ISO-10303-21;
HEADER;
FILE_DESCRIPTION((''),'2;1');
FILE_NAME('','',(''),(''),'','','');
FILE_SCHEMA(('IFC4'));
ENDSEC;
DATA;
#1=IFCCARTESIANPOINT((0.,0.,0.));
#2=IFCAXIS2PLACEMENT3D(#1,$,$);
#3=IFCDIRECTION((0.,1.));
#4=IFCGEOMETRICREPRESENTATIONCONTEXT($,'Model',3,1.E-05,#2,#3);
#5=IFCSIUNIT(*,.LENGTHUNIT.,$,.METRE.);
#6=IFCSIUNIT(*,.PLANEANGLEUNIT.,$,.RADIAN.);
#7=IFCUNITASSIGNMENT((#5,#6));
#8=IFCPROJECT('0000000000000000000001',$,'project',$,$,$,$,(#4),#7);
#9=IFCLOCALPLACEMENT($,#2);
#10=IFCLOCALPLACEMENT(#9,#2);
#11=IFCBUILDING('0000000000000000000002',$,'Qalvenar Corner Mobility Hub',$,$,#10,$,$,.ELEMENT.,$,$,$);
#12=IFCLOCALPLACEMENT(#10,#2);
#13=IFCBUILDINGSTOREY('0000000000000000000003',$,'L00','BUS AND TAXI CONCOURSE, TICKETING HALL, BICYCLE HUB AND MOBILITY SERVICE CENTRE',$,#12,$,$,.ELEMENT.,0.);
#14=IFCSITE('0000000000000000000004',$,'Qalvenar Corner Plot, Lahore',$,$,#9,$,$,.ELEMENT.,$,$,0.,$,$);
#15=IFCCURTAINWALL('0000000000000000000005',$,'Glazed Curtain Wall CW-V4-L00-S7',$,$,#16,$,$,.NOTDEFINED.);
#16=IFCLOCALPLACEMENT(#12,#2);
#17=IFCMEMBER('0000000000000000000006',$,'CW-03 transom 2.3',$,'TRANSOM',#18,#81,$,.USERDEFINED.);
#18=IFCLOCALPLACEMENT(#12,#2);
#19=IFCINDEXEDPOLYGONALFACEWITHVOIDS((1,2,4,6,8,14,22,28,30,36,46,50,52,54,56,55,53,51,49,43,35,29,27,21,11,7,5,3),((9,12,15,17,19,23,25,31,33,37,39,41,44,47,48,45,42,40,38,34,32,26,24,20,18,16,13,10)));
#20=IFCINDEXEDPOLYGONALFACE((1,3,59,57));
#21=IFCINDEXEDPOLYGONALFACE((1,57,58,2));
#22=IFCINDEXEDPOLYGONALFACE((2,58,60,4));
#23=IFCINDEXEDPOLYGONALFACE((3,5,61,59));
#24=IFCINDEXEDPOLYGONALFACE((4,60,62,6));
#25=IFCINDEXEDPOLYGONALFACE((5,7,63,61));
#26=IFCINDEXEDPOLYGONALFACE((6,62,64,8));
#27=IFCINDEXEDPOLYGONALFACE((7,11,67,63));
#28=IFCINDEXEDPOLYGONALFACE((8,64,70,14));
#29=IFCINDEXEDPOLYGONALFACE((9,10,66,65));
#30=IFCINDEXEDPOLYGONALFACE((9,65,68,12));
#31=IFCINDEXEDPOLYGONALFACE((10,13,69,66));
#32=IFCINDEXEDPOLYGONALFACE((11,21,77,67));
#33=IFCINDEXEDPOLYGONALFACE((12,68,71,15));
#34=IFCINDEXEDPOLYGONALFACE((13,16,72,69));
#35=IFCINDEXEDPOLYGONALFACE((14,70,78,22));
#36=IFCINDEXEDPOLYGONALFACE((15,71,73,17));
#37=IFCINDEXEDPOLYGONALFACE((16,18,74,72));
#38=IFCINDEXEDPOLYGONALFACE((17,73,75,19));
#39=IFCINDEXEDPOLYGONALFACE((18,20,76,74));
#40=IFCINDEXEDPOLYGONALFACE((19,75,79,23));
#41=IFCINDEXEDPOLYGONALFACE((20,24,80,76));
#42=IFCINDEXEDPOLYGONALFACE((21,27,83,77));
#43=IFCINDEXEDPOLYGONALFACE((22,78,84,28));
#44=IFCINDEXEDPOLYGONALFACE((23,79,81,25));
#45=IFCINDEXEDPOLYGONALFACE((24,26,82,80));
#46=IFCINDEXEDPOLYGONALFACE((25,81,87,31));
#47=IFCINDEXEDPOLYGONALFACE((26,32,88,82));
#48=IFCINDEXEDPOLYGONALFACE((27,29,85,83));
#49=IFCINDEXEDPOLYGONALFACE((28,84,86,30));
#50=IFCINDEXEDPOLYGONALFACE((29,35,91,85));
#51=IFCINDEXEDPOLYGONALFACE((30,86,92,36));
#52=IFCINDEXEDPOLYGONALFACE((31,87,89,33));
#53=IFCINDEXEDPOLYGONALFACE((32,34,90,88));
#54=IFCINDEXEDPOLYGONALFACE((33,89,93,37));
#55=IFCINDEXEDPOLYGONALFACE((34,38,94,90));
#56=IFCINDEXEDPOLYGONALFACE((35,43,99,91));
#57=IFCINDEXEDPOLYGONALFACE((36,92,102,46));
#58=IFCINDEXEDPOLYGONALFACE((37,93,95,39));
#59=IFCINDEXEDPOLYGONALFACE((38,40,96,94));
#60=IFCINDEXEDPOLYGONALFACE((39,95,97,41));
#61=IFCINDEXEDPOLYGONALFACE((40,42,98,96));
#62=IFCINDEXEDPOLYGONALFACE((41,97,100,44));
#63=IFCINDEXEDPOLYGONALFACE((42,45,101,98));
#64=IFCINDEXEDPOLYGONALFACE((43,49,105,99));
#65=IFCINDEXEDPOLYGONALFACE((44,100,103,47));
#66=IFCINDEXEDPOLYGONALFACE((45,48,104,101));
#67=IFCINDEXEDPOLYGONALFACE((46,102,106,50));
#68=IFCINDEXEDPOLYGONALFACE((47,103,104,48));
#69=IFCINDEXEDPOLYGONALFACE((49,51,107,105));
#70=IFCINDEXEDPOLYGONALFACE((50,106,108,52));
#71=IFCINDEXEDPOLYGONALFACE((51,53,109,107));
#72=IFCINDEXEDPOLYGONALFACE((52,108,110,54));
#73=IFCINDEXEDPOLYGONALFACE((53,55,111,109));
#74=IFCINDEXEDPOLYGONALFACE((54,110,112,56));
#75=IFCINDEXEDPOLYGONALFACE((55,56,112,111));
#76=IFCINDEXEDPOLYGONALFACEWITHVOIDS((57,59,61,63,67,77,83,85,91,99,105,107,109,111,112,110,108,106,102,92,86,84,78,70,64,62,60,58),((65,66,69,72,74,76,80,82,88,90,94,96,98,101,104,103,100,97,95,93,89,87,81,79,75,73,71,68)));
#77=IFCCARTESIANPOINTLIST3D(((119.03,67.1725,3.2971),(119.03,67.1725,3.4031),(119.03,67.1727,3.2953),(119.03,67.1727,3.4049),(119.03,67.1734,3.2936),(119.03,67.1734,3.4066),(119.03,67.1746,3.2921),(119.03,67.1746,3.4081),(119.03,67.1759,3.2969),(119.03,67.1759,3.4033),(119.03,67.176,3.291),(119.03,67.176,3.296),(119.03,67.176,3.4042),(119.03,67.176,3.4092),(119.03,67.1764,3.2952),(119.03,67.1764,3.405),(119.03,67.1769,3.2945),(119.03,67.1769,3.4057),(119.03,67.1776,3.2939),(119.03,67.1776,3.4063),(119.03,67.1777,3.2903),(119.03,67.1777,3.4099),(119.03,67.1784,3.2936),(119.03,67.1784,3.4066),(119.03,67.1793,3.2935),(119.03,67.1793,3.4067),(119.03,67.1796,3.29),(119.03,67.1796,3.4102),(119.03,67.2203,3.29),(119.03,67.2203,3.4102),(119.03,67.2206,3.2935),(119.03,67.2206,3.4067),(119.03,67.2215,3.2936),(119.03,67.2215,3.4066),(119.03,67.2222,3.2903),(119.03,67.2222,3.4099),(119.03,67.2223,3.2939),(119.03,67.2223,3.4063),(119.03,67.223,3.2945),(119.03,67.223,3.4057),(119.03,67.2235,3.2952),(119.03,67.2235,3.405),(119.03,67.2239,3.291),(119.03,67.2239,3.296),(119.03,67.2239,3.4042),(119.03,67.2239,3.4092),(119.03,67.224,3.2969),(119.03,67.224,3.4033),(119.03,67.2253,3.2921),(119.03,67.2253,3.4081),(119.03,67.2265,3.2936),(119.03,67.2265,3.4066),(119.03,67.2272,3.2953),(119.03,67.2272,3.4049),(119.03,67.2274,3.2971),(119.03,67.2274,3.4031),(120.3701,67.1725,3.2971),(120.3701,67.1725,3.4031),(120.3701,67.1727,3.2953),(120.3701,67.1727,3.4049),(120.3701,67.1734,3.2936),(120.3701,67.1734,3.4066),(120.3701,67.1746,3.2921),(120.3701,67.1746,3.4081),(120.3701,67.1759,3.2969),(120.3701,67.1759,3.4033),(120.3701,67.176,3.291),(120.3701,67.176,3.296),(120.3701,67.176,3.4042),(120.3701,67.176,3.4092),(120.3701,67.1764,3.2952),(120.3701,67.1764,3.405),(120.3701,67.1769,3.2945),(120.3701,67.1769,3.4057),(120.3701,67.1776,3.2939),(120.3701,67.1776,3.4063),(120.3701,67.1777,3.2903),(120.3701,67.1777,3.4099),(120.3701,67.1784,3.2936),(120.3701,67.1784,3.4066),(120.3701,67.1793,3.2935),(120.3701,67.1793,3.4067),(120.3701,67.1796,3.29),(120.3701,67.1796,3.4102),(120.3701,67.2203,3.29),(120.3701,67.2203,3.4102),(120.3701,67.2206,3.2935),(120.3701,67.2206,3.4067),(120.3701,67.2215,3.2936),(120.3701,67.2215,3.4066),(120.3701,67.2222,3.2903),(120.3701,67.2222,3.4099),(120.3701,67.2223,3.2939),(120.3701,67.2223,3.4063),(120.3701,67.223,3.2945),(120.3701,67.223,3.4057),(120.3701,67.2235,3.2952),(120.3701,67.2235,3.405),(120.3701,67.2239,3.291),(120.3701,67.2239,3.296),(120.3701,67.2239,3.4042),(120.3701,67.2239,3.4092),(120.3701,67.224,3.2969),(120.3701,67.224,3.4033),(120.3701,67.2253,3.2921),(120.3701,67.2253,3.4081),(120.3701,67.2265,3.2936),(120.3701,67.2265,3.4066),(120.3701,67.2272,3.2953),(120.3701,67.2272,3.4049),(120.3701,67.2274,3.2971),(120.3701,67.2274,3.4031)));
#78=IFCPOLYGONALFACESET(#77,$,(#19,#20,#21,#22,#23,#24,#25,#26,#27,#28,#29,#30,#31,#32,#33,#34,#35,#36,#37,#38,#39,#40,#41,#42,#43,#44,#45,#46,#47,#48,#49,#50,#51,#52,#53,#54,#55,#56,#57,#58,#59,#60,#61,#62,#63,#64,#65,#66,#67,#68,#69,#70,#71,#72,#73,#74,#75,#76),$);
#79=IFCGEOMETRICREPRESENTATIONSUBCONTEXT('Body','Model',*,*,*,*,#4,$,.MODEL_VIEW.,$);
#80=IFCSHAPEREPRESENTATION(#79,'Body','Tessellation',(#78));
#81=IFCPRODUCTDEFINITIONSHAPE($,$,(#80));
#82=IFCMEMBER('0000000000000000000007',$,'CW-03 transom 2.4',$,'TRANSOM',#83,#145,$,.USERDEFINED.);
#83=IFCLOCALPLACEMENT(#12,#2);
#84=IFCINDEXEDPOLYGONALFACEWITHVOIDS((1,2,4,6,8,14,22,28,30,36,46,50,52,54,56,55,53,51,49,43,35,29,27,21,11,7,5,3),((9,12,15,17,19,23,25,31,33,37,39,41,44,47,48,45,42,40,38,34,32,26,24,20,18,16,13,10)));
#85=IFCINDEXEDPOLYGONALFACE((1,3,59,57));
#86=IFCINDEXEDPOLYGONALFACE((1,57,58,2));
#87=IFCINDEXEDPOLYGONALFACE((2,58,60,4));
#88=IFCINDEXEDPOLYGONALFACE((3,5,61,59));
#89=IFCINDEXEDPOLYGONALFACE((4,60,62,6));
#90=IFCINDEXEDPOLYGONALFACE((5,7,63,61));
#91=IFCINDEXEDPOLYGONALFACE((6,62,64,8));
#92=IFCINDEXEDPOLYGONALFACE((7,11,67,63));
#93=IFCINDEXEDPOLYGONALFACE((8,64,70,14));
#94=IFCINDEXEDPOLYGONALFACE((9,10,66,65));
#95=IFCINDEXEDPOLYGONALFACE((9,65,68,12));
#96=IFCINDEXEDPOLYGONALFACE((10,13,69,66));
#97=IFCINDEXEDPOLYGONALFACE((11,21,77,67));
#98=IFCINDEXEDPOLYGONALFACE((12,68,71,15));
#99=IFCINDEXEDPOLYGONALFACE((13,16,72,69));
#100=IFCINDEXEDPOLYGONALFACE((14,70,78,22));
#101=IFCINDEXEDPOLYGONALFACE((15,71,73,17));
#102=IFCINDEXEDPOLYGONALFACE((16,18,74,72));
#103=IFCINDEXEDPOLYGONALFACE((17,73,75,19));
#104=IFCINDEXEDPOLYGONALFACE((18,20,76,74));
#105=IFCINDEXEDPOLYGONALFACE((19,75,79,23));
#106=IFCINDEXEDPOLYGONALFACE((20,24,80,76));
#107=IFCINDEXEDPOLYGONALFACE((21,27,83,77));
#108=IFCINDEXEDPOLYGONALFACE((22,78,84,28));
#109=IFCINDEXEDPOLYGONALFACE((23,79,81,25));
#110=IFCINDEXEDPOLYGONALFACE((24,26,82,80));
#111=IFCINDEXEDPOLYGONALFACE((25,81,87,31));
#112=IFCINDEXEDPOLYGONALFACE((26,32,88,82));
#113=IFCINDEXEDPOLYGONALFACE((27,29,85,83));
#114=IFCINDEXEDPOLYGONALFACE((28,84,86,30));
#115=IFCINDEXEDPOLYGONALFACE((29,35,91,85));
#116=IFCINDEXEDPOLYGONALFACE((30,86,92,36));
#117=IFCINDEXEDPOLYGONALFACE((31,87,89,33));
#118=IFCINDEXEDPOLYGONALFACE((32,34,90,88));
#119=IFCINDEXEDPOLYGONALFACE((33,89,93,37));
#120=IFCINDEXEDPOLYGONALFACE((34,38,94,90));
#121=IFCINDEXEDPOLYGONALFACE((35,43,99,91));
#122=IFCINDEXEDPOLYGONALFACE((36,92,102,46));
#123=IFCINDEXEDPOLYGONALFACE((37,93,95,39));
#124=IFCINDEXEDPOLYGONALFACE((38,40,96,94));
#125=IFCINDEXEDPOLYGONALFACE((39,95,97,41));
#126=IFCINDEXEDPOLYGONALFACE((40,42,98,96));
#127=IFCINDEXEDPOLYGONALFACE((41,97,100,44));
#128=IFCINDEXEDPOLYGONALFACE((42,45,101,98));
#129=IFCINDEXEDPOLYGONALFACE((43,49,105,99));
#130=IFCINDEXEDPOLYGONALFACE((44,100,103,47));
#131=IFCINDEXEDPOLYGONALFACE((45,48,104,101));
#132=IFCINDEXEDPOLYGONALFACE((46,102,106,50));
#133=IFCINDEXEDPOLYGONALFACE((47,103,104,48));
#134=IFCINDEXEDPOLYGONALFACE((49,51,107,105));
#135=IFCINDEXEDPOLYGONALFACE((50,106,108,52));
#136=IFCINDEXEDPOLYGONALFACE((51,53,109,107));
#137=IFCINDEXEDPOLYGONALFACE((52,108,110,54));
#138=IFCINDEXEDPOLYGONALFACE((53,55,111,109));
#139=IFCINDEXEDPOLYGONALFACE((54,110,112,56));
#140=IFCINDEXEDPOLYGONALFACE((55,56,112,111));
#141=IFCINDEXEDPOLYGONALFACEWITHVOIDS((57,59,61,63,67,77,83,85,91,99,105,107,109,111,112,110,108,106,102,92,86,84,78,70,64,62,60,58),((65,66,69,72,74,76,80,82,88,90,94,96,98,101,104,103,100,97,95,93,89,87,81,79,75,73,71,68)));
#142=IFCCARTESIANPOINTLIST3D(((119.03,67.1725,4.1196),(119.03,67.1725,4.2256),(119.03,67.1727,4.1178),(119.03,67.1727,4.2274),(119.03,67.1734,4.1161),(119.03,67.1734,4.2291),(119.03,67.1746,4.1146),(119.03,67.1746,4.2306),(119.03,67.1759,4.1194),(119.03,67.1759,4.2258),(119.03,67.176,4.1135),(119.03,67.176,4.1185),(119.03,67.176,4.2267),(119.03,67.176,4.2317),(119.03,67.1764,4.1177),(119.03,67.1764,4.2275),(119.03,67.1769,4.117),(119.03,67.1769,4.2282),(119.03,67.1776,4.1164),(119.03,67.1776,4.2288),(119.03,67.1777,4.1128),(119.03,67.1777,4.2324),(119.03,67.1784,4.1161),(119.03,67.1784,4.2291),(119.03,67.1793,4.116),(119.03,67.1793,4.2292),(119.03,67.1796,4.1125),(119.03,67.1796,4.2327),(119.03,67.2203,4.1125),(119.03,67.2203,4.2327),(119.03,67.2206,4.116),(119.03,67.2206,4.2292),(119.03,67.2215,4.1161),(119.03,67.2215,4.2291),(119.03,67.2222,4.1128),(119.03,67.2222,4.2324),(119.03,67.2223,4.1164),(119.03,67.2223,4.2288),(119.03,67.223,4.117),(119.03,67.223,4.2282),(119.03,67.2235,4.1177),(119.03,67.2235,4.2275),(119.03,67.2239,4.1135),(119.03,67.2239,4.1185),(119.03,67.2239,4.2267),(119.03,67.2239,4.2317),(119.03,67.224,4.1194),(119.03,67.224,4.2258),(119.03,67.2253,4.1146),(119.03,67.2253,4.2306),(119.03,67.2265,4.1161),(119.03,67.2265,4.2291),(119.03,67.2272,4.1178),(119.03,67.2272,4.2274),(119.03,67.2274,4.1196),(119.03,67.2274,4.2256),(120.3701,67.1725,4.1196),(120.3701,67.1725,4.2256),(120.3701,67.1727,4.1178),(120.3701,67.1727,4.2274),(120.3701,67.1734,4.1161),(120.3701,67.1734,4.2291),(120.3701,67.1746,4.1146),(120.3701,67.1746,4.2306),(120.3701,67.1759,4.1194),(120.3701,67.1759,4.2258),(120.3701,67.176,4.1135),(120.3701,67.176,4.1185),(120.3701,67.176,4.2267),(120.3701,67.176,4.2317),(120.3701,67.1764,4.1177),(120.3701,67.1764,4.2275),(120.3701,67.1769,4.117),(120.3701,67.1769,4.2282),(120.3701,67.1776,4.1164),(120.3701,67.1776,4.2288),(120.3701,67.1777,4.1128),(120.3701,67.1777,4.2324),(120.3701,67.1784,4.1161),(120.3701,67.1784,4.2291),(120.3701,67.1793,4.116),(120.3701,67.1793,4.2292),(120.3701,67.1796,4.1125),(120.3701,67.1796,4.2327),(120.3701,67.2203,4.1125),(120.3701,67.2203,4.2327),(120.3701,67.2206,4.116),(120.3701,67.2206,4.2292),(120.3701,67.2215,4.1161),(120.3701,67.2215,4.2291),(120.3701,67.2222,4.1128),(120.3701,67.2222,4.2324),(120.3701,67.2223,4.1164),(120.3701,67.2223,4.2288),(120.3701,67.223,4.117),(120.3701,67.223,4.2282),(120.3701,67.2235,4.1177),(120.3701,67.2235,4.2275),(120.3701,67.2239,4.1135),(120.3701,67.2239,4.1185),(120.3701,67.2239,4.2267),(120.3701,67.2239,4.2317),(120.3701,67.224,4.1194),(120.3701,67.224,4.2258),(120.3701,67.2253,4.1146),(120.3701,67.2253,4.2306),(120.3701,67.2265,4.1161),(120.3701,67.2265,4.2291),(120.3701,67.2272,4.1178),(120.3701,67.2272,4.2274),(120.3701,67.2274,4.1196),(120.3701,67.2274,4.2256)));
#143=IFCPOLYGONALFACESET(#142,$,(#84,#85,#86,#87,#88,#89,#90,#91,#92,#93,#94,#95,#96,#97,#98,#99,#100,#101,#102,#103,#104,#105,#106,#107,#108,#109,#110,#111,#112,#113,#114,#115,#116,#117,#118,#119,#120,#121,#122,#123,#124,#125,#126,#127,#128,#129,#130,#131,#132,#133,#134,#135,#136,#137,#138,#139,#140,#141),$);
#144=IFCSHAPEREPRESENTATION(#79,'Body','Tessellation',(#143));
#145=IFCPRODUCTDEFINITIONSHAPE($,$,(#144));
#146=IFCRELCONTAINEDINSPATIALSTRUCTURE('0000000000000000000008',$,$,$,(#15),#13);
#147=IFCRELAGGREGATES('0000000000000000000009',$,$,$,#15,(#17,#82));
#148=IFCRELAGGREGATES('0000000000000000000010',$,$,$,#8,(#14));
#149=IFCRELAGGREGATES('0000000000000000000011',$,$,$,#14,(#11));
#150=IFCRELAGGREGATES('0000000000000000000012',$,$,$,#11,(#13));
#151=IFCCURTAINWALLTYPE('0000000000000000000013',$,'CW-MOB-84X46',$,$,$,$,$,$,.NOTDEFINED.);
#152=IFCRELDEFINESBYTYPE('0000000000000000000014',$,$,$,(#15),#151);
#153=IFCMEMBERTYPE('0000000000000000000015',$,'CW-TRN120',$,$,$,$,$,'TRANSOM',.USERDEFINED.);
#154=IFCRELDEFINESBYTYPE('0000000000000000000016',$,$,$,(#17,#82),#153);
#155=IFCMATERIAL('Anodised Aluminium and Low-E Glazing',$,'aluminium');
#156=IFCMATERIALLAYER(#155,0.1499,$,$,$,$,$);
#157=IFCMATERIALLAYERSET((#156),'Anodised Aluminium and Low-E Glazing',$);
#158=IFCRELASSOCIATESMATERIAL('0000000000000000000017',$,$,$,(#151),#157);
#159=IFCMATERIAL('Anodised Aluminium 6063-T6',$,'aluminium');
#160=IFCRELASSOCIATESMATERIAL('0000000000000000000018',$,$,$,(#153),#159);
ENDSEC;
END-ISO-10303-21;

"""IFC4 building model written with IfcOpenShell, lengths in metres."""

from ifc_helpers import new_model, si_unit, direction, frame, origin, origin_2d, place, context, subcontext, project, spatial, hollow_rectangle, extrude, material, layer, layer_set, material_profile, profile_set, type_object, element, aggregate, save


model = new_model("IFC4")

# Units and contexts
model_context = context("Model", 3, precision=1e-05, world=origin(), true_north=direction((0.0, 1.0)))
body_context = subcontext(model_context, "Body", "Model", "MODEL_VIEW")
ifc_project = project(units=[si_unit("LENGTHUNIT", "METRE"), si_unit("PLANEANGLEUNIT", "RADIAN")], contexts=[model_context])

# Site, building, storey
site_placement = place(None, origin())
site = spatial("IfcSite", under=ifc_project, at=site_placement, Name="Qalvenar Corner Plot, Lahore", CompositionType="ELEMENT", RefElevation=0.0)
building_placement = place(site_placement, origin())
building = spatial("IfcBuilding", under=site, at=building_placement, Name="Qalvenar Corner Mobility Hub", CompositionType="ELEMENT")
storey_placement = place(building_placement, origin())
storey = spatial("IfcBuildingStorey", under=building, at=storey_placement, Name="L00", Description="BUS AND TAXI CONCOURSE, TICKETING HALL, BICYCLE HUB AND MOBILITY SERVICE CENTRE", CompositionType="ELEMENT", Elevation=0.0)

# Shared definitions
ifc_material_1 = material(Name="Anodised Aluminium and Low-E Glazing", Category="aluminium")
ifc_layer_1 = layer(ifc_material_1, 0.1499)
ifc_layer_set_1 = layer_set([ifc_layer_1], Name="Anodised Aluminium and Low-E Glazing")
curtain_wall_type = type_object("IfcCurtainWallType", Name="CW-MOB-84X46", PredefinedType="NOTDEFINED", material=ifc_layer_set_1)
ifc_material_2 = material(Name="Anodised Aluminium 6063-T6", Category="aluminium")

# Curtain wall, members
curtain_wall_1_placement = place(storey_placement, origin())
curtain_wall_1 = element("IfcCurtainWall", 1, at=curtain_wall_1_placement, inside=storey, type_object=curtain_wall_type, Name="Glazed Curtain Wall CW-V4-L00-S7", PredefinedType="NOTDEFINED")
ifc_material_profile_1 = material_profile(ifc_material_2, hollow_rectangle(XDim=0.0549, YDim=0.1201, WallThickness=0.0034, InnerFilletRadius=0.0034, OuterFilletRadius=0.0071, at=origin_2d()), Name="RHS120x55x3.5")
ifc_profile_set_1 = profile_set([ifc_material_profile_1], Name="Anodised Aluminium 6063-T6")
member_type_1 = type_object("IfcMemberType", Name="CW-TRN120", ElementType="TRANSOM", PredefinedType="USERDEFINED", material=ifc_profile_set_1)
member_1_placement = place(storey_placement, frame((119.03, 67.2, 3.3501), z_axis=(1.0, 0.0, 0.0), x_axis=(0.0, 1.0, 0.0)))
member_1 = element("IfcMember", 2, at=member_1_placement, type_object=member_type_1, Name="CW-03 transom 2.3", ObjectType="TRANSOM", PredefinedType="USERDEFINED", context=body_context, shape_type="SweptSolid", body=[
    extrude(hollow_rectangle(XDim=0.0549, YDim=0.1201, WallThickness=0.0034, InnerFilletRadius=0.0034, OuterFilletRadius=0.0071, at=origin_2d()), origin(), (0.0, 0.0, 1.0), 1.3401),
])
member_2_placement = place(storey_placement, frame((119.03, 67.2, 4.1726), z_axis=(1.0, 0.0, 0.0), x_axis=(0.0, 1.0, 0.0)))
member_2 = element("IfcMember", 3, at=member_2_placement, type_object=member_type_1, Name="CW-03 transom 2.4", ObjectType="TRANSOM", PredefinedType="USERDEFINED", context=body_context, shape_type="SweptSolid", body=[
    extrude(hollow_rectangle(XDim=0.0549, YDim=0.1201, WallThickness=0.0034, InnerFilletRadius=0.0034, OuterFilletRadius=0.0071, at=origin_2d()), origin(), (0.0, 0.0, 1.0), 1.3401),
])
aggregate(curtain_wall_1, [member_1, member_2])

save(model, "model.ifc")
